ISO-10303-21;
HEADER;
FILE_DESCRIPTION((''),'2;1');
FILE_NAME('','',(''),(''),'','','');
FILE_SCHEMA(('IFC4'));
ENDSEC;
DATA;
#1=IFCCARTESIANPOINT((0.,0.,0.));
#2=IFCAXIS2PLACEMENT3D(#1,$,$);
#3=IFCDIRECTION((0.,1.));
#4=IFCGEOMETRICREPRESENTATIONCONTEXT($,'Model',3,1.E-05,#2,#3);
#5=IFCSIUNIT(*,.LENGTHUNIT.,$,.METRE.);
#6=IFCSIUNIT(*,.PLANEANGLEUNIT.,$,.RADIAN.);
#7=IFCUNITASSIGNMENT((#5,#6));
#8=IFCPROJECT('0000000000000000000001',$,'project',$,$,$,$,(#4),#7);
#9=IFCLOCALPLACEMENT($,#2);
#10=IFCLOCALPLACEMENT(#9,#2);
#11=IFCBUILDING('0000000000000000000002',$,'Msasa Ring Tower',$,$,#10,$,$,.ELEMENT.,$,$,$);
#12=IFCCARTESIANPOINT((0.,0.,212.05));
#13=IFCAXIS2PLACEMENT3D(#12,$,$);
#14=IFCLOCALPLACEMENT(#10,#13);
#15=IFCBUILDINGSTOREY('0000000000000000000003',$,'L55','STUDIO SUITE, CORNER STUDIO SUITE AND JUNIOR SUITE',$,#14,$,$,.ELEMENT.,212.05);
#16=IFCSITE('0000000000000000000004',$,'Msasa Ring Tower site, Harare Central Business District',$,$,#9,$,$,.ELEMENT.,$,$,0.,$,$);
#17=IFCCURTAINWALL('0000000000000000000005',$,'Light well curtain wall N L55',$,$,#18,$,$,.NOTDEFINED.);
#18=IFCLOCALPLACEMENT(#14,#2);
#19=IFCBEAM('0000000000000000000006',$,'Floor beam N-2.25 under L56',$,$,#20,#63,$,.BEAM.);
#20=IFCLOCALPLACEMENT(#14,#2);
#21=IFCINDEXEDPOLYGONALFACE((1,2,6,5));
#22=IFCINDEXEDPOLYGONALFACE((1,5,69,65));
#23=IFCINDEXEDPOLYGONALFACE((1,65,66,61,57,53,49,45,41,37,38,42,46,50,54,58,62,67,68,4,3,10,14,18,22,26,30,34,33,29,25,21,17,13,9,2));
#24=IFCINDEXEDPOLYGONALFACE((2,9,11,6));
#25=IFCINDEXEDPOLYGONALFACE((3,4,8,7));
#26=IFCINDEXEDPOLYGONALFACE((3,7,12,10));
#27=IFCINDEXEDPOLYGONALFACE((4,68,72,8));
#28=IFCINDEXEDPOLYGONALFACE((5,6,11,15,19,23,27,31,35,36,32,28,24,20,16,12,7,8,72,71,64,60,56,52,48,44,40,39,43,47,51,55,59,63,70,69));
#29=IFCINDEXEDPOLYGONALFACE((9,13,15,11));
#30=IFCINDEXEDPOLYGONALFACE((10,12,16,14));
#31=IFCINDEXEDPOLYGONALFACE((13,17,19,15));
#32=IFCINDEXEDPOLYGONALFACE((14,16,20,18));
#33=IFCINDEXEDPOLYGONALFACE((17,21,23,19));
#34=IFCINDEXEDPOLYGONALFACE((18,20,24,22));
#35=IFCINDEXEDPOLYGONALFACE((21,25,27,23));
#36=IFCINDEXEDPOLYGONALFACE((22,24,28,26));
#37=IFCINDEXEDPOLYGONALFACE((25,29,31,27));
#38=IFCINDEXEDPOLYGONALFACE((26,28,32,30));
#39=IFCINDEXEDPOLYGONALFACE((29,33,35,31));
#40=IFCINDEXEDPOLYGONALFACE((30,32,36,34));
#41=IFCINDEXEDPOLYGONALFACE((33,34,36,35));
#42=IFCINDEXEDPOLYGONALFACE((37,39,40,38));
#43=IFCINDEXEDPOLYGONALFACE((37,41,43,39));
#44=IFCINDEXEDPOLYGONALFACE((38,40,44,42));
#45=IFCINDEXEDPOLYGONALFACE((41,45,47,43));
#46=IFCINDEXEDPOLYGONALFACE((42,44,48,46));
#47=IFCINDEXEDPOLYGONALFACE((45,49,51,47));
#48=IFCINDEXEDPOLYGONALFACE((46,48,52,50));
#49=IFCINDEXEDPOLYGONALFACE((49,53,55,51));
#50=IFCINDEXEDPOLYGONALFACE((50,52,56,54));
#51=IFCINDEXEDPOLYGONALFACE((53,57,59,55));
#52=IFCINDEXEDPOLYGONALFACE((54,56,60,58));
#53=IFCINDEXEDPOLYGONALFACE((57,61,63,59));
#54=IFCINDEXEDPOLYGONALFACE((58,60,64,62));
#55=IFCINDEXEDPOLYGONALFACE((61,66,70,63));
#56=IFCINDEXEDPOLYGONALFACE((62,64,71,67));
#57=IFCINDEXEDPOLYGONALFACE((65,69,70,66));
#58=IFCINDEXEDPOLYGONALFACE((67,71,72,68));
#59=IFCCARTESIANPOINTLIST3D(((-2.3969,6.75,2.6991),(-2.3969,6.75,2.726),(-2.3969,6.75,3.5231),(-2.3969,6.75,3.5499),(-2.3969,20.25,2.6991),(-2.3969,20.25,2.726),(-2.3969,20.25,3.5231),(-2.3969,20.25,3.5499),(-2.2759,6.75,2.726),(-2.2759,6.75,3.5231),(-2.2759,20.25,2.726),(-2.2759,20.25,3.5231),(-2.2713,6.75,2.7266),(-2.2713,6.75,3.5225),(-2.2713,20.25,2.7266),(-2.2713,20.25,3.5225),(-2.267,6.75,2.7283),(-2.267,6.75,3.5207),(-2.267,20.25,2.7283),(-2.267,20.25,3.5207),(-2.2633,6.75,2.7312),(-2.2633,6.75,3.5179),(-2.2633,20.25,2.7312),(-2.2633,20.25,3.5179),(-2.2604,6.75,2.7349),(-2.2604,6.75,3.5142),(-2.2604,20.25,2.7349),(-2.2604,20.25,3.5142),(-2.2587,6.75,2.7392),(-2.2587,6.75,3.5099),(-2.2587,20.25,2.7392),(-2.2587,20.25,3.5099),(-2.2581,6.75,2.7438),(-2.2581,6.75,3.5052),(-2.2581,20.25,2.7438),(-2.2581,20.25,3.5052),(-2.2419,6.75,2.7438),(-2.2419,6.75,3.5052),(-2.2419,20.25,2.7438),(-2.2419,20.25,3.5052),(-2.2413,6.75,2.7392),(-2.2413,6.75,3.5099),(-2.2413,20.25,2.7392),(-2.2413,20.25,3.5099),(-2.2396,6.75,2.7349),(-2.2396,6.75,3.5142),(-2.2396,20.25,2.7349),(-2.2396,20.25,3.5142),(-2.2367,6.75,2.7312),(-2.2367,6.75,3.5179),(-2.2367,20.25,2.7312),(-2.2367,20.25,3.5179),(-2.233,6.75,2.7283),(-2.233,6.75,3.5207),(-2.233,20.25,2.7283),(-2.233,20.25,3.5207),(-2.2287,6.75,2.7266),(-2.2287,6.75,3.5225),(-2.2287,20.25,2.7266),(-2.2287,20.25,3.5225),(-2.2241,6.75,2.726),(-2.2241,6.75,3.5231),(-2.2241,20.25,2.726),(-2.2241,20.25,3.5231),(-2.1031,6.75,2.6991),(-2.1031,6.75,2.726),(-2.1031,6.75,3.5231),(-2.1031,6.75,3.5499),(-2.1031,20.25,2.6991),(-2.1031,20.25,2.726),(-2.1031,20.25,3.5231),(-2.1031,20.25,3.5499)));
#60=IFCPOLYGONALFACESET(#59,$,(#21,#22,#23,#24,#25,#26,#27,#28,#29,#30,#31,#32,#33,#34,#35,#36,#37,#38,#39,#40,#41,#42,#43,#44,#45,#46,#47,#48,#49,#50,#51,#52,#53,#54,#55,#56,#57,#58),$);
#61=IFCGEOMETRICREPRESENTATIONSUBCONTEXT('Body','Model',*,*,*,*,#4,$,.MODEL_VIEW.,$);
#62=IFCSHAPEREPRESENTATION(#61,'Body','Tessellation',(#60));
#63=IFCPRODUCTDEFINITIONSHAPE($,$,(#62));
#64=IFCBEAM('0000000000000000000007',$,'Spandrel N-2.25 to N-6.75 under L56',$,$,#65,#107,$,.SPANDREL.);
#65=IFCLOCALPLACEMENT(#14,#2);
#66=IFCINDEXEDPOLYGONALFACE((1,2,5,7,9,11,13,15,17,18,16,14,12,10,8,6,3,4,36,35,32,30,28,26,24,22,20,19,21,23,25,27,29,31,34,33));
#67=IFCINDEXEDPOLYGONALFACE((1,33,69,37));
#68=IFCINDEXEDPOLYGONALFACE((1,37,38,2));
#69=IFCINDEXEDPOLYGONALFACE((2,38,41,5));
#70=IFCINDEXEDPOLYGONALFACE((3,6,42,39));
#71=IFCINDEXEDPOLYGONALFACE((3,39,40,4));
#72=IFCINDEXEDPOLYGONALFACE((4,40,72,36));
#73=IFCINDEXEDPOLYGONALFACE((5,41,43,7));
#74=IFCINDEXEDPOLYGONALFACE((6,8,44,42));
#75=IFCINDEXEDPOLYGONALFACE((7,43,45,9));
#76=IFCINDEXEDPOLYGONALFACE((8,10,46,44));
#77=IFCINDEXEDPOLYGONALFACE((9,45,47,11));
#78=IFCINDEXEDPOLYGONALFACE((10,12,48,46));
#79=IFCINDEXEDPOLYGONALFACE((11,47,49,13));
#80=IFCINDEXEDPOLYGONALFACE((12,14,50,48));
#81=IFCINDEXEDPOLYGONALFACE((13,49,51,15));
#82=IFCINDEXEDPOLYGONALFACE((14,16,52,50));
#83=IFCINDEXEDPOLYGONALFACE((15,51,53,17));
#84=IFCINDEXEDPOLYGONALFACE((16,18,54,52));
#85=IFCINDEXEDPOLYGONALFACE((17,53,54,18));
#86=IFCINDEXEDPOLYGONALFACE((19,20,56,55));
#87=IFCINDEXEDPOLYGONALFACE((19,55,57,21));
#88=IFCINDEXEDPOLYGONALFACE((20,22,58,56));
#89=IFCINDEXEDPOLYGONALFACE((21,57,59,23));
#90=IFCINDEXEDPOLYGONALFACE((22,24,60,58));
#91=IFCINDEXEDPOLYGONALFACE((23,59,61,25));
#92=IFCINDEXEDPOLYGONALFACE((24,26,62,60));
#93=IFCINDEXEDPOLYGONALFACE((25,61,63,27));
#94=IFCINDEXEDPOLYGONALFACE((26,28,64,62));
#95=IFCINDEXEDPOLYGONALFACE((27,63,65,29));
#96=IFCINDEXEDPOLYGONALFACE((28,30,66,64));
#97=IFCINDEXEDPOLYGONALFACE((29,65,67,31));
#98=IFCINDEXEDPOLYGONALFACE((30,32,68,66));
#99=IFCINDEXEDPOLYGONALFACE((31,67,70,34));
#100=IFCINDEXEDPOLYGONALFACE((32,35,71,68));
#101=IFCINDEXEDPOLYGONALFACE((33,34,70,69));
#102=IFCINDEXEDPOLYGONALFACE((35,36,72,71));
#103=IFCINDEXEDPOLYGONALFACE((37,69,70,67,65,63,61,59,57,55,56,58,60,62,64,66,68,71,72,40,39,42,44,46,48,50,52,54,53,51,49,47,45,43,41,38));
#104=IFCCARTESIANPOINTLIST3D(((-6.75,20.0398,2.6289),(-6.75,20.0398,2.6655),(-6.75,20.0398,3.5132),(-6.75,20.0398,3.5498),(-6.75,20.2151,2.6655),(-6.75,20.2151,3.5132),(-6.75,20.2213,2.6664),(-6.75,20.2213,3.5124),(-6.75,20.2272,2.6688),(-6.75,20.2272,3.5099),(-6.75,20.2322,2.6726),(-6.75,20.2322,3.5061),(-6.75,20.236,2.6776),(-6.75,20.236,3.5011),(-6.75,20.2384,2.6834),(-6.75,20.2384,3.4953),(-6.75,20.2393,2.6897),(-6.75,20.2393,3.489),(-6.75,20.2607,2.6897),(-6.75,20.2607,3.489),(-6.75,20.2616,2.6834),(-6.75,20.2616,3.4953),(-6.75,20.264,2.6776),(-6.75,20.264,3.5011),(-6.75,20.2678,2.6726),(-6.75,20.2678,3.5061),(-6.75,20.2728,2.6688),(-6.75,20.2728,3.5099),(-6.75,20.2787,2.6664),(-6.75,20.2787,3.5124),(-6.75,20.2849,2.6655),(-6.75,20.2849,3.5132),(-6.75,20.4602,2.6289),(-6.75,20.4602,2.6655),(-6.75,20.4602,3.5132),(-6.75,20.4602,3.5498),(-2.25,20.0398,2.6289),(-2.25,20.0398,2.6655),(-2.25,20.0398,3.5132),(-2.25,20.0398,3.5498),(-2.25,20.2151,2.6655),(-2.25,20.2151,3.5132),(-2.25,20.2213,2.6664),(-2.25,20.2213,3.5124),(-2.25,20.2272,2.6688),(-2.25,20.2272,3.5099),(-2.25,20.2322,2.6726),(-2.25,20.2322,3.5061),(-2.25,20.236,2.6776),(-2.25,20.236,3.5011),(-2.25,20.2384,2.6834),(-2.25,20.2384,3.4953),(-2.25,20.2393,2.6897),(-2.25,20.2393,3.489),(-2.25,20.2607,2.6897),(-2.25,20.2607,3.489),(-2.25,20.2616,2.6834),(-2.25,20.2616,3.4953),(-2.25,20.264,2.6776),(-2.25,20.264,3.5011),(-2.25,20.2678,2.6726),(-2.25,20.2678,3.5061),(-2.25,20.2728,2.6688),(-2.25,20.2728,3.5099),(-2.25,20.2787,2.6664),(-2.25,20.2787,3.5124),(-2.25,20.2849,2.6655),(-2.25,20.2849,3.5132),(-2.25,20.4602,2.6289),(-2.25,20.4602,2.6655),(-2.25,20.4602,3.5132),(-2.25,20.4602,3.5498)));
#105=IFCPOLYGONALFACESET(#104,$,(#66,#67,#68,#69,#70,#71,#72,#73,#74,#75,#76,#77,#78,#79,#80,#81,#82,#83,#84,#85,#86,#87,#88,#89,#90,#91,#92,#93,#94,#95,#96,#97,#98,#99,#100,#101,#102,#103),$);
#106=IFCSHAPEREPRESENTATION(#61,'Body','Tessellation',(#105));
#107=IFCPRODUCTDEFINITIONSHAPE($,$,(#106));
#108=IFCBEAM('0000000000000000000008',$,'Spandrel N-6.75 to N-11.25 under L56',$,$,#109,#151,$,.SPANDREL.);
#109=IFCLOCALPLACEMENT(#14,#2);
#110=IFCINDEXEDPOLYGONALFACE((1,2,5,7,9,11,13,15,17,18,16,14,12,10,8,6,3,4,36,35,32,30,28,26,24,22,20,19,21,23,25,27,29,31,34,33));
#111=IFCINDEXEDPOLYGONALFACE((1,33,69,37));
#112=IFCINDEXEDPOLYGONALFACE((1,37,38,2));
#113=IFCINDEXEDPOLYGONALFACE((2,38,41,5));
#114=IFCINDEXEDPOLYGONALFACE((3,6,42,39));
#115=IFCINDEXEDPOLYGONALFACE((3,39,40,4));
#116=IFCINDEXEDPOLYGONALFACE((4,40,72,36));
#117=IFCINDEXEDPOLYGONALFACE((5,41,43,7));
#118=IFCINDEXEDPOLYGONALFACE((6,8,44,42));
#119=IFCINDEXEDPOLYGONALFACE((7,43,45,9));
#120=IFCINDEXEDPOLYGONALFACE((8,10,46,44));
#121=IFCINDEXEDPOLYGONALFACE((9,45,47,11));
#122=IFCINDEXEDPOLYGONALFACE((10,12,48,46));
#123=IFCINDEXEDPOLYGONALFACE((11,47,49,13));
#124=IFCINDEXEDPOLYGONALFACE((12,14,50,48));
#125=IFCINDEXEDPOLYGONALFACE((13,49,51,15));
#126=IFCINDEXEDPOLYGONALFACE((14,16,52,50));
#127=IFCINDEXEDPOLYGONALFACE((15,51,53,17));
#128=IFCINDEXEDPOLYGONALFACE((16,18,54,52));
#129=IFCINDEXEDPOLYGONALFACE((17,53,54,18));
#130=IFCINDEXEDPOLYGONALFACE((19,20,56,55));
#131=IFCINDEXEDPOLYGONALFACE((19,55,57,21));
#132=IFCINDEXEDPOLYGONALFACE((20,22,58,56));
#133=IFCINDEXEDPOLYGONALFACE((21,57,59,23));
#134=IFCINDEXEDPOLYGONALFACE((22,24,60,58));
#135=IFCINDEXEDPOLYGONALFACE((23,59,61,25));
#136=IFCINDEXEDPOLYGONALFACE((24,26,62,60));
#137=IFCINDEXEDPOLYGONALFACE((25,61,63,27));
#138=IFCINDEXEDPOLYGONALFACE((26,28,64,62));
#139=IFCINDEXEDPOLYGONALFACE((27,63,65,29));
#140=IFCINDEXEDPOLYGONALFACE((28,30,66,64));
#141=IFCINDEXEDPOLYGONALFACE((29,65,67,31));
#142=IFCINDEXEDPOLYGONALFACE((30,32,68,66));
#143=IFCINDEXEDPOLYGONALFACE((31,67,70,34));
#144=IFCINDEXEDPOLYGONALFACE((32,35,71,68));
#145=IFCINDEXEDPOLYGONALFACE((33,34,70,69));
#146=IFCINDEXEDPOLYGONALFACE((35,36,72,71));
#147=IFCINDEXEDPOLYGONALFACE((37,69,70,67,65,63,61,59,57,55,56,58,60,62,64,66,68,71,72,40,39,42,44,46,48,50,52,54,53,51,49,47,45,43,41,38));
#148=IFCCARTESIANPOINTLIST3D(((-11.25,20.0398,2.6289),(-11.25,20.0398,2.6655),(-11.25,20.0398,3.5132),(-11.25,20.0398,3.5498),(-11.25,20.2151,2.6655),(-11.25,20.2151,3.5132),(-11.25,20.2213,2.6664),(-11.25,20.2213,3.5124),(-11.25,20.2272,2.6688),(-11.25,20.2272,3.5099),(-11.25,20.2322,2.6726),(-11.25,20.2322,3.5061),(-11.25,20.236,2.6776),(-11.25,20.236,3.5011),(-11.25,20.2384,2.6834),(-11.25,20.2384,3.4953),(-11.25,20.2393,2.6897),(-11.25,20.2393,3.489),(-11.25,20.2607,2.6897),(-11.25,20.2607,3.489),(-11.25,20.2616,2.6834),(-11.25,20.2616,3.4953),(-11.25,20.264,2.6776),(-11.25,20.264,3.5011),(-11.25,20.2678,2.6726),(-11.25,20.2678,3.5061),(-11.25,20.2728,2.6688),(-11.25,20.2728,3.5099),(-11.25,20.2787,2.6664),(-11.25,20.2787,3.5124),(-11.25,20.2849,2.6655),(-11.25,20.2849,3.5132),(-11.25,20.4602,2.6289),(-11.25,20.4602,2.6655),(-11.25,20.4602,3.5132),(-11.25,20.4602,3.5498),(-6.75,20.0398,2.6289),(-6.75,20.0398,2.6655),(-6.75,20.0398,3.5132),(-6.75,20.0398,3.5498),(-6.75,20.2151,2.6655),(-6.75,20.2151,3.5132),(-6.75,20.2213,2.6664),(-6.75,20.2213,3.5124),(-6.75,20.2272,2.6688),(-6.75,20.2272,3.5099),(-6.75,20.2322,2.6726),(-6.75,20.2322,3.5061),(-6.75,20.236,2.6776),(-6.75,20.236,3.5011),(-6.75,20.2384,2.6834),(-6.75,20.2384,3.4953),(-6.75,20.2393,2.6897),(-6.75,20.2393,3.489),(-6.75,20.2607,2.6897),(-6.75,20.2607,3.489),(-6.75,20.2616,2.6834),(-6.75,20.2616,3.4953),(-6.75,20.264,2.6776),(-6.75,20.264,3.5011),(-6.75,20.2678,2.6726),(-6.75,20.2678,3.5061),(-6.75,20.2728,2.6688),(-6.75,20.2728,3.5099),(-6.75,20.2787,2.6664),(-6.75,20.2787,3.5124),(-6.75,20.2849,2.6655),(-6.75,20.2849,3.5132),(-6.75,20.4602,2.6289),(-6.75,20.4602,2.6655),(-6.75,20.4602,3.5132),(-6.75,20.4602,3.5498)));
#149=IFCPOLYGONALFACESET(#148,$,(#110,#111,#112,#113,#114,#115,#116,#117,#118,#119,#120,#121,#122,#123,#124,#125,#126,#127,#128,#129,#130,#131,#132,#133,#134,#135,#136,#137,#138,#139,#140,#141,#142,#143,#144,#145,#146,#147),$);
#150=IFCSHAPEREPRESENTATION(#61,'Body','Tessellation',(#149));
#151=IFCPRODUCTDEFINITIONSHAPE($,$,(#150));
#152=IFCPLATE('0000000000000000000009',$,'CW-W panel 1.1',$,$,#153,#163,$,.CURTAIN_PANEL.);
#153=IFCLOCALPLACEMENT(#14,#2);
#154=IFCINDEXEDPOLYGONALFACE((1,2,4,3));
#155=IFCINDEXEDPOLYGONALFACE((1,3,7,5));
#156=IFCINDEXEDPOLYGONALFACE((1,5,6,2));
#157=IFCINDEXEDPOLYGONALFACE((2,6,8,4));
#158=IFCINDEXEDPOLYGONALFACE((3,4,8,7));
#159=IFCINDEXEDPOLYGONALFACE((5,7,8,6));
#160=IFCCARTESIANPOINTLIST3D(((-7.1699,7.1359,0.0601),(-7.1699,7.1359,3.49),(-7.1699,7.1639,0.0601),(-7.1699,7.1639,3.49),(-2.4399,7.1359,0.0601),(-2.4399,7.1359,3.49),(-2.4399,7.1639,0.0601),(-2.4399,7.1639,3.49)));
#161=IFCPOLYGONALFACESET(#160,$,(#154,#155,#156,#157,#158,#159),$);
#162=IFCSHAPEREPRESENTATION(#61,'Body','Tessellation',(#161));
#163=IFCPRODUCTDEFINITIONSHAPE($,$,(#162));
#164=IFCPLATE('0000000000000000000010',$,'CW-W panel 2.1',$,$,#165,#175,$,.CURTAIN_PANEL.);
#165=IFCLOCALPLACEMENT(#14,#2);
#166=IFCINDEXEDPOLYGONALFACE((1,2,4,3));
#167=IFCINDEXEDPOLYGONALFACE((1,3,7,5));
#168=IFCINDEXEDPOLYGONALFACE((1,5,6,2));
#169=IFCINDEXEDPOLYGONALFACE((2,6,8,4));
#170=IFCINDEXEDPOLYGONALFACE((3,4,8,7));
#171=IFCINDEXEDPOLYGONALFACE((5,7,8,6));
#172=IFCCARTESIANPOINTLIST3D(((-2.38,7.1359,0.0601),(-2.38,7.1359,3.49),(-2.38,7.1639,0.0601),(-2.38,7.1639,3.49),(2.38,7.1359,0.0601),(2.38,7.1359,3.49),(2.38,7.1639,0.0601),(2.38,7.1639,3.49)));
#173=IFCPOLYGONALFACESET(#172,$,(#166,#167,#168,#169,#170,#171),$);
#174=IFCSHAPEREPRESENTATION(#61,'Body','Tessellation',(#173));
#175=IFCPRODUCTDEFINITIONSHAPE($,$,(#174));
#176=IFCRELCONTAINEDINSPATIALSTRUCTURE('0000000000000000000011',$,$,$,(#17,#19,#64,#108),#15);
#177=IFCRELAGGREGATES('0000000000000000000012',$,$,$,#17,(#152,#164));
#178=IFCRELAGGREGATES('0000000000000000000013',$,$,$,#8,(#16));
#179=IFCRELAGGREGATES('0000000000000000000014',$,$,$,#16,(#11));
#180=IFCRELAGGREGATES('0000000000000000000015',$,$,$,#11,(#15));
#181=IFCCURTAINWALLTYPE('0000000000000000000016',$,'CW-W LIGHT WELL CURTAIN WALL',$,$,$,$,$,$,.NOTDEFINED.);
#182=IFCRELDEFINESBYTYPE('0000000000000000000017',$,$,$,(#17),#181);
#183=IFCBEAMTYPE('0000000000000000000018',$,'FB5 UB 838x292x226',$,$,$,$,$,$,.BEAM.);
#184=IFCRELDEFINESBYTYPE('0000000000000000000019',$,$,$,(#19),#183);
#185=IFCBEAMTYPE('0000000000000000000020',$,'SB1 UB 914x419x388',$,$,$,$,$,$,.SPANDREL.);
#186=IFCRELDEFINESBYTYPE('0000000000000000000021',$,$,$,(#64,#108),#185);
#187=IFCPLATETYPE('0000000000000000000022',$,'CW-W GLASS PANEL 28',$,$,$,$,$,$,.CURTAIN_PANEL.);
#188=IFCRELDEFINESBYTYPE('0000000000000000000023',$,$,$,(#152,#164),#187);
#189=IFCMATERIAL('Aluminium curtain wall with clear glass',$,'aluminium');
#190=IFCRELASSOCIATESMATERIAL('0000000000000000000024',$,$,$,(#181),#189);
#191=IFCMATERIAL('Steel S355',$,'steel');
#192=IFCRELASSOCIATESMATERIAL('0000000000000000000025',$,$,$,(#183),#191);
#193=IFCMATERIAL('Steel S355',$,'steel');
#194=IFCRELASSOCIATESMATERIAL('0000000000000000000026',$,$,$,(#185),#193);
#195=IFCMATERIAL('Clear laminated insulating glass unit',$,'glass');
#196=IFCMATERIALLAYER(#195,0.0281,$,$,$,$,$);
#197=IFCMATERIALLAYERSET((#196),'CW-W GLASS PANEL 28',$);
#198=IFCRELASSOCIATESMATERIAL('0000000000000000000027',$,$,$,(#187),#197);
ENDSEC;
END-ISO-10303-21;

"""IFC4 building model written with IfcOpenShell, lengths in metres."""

from ifc_helpers import new_model, si_unit, direction, frame, origin, origin_2d, place, context, subcontext, project, spatial, rectangle, i_section, extrude, material, layer, layer_set, material_profile, profile_set, type_object, element, aggregate, save


model = new_model("IFC4")

# Units and contexts
model_context = context("Model", 3, precision=1e-05, world=origin(), true_north=direction((0.0, 1.0)))
body_context = subcontext(model_context, "Body", "Model", "MODEL_VIEW")
ifc_project = project(units=[si_unit("LENGTHUNIT", "METRE"), si_unit("PLANEANGLEUNIT", "RADIAN")], contexts=[model_context])

# Site, building, storey
site_placement = place(None, origin())
site = spatial("IfcSite", under=ifc_project, at=site_placement, Name="Msasa Ring Tower site, Harare Central Business District", CompositionType="ELEMENT", RefElevation=0.0)
building_placement = place(site_placement, origin())
building = spatial("IfcBuilding", under=site, at=building_placement, Name="Msasa Ring Tower", CompositionType="ELEMENT")
storey_placement = place(building_placement, frame((0.0, 0.0, 212.05)))
storey = spatial("IfcBuildingStorey", under=building, at=storey_placement, Name="L55", Description="STUDIO SUITE, CORNER STUDIO SUITE AND JUNIOR SUITE", CompositionType="ELEMENT", Elevation=212.05)

# Curtain wall
ifc_material_1 = material(Name="Aluminium curtain wall with clear glass", Category="aluminium")
curtain_wall_type = type_object("IfcCurtainWallType", Name="CW-W LIGHT WELL CURTAIN WALL", PredefinedType="NOTDEFINED", material=ifc_material_1)
curtain_wall_placement = place(storey_placement, origin())
curtain_wall = element("IfcCurtainWall", 1, at=curtain_wall_placement, inside=storey, type_object=curtain_wall_type, Name="Light well curtain wall N L55", PredefinedType="NOTDEFINED")

# Beams
ifc_material_2 = material(Name="Steel S355", Category="steel")
ifc_material_profile_1 = material_profile(ifc_material_2, i_section(OverallWidth=0.2937, OverallDepth=0.8508, WebThickness=0.0161, FlangeThickness=0.0269, FilletRadius=0.0178, at=origin_2d()), Name="UB 838x292x226")
ifc_profile_set_1 = profile_set([ifc_material_profile_1], Name="Steel S355")
beam_type_1 = type_object("IfcBeamType", Name="FB5 UB 838x292x226", PredefinedType="BEAM", material=ifc_profile_set_1)
for number, where, z_axis, x_axis, name in (
    (2, (-2.25, 20.25, 3.1245), (0.0, -1.0, 0.0), (1.0, 0.0, 0.0), "Floor beam N-2.25 under L56"),
):
    element("IfcBeam", number, at=place(storey_placement, frame(where, z_axis=z_axis, x_axis=x_axis)), inside=storey, type_object=beam_type_1, Name=name, PredefinedType="BEAM", context=body_context, shape_type="SweptSolid", body=[
        extrude(i_section(OverallWidth=0.2937, OverallDepth=0.8508, WebThickness=0.0161, FlangeThickness=0.0269, FilletRadius=0.0178, at=origin_2d()), origin(), (0.0, 0.0, 1.0), 13.5),
    ])
ifc_material_3 = material(Name="Steel S355", Category="steel")
ifc_material_profile_2 = material_profile(ifc_material_3, i_section(OverallWidth=0.4204, OverallDepth=0.9209, WebThickness=0.0215, FlangeThickness=0.0366, FilletRadius=0.0242, at=origin_2d()), Name="UB 914x419x388")
ifc_profile_set_2 = profile_set([ifc_material_profile_2], Name="Steel S355")
beam_type_2 = type_object("IfcBeamType", Name="SB1 UB 914x419x388", PredefinedType="SPANDREL", material=ifc_profile_set_2)
for number, where, z_axis, x_axis, name in (
    (3, (-2.25, 20.25, 3.0894), (-1.0, 0.0, 0.0), (0.0, -1.0, 0.0), "Spandrel N-2.25 to N-6.75 under L56"),
    (4, (-6.75, 20.25, 3.0894), (-1.0, 0.0, 0.0), (0.0, -1.0, 0.0), "Spandrel N-6.75 to N-11.25 under L56"),
):
    element("IfcBeam", number, at=place(storey_placement, frame(where, z_axis=z_axis, x_axis=x_axis)), inside=storey, type_object=beam_type_2, Name=name, PredefinedType="SPANDREL", context=body_context, shape_type="SweptSolid", body=[
        extrude(i_section(OverallWidth=0.4204, OverallDepth=0.9209, WebThickness=0.0215, FlangeThickness=0.0366, FilletRadius=0.0242, at=origin_2d()), origin(), (0.0, 0.0, 1.0), 4.5),
    ])

# Plates
ifc_material_4 = material(Name="Clear laminated insulating glass unit", Category="glass")
ifc_layer_1 = layer(ifc_material_4, 0.0281)
ifc_layer_set_1 = layer_set([ifc_layer_1], Name="CW-W GLASS PANEL 28")
plate_type = type_object("IfcPlateType", Name="CW-W GLASS PANEL 28", PredefinedType="CURTAIN_PANEL", material=ifc_layer_set_1)
plate_1_placement = place(storey_placement, frame((-4.8049, 7.1499, 0.0601), z_axis=(0.0, 0.0, 1.0), x_axis=(1.0, 0.0, 0.0)))
plate_1 = element("IfcPlate", 5, at=plate_1_placement, type_object=plate_type, Name="CW-W panel 1.1", PredefinedType="CURTAIN_PANEL", context=body_context, shape_type="SweptSolid", body=[
    extrude(rectangle(XDim=4.73, YDim=0.0281, at=origin_2d()), origin(), (0.0, 0.0, 1.0), 3.4299),
])
plate_2_placement = place(storey_placement, frame((0.0, 7.1499, 0.0601), z_axis=(0.0, 0.0, 1.0), x_axis=(1.0, 0.0, 0.0)))
plate_2 = element("IfcPlate", 6, at=plate_2_placement, type_object=plate_type, Name="CW-W panel 2.1", PredefinedType="CURTAIN_PANEL", context=body_context, shape_type="SweptSolid", body=[
    extrude(rectangle(XDim=4.76, YDim=0.0281, at=origin_2d()), origin(), (0.0, 0.0, 1.0), 3.4299),
])
aggregate(curtain_wall, [plate_1, plate_2])

save(model, "model.ifc")
